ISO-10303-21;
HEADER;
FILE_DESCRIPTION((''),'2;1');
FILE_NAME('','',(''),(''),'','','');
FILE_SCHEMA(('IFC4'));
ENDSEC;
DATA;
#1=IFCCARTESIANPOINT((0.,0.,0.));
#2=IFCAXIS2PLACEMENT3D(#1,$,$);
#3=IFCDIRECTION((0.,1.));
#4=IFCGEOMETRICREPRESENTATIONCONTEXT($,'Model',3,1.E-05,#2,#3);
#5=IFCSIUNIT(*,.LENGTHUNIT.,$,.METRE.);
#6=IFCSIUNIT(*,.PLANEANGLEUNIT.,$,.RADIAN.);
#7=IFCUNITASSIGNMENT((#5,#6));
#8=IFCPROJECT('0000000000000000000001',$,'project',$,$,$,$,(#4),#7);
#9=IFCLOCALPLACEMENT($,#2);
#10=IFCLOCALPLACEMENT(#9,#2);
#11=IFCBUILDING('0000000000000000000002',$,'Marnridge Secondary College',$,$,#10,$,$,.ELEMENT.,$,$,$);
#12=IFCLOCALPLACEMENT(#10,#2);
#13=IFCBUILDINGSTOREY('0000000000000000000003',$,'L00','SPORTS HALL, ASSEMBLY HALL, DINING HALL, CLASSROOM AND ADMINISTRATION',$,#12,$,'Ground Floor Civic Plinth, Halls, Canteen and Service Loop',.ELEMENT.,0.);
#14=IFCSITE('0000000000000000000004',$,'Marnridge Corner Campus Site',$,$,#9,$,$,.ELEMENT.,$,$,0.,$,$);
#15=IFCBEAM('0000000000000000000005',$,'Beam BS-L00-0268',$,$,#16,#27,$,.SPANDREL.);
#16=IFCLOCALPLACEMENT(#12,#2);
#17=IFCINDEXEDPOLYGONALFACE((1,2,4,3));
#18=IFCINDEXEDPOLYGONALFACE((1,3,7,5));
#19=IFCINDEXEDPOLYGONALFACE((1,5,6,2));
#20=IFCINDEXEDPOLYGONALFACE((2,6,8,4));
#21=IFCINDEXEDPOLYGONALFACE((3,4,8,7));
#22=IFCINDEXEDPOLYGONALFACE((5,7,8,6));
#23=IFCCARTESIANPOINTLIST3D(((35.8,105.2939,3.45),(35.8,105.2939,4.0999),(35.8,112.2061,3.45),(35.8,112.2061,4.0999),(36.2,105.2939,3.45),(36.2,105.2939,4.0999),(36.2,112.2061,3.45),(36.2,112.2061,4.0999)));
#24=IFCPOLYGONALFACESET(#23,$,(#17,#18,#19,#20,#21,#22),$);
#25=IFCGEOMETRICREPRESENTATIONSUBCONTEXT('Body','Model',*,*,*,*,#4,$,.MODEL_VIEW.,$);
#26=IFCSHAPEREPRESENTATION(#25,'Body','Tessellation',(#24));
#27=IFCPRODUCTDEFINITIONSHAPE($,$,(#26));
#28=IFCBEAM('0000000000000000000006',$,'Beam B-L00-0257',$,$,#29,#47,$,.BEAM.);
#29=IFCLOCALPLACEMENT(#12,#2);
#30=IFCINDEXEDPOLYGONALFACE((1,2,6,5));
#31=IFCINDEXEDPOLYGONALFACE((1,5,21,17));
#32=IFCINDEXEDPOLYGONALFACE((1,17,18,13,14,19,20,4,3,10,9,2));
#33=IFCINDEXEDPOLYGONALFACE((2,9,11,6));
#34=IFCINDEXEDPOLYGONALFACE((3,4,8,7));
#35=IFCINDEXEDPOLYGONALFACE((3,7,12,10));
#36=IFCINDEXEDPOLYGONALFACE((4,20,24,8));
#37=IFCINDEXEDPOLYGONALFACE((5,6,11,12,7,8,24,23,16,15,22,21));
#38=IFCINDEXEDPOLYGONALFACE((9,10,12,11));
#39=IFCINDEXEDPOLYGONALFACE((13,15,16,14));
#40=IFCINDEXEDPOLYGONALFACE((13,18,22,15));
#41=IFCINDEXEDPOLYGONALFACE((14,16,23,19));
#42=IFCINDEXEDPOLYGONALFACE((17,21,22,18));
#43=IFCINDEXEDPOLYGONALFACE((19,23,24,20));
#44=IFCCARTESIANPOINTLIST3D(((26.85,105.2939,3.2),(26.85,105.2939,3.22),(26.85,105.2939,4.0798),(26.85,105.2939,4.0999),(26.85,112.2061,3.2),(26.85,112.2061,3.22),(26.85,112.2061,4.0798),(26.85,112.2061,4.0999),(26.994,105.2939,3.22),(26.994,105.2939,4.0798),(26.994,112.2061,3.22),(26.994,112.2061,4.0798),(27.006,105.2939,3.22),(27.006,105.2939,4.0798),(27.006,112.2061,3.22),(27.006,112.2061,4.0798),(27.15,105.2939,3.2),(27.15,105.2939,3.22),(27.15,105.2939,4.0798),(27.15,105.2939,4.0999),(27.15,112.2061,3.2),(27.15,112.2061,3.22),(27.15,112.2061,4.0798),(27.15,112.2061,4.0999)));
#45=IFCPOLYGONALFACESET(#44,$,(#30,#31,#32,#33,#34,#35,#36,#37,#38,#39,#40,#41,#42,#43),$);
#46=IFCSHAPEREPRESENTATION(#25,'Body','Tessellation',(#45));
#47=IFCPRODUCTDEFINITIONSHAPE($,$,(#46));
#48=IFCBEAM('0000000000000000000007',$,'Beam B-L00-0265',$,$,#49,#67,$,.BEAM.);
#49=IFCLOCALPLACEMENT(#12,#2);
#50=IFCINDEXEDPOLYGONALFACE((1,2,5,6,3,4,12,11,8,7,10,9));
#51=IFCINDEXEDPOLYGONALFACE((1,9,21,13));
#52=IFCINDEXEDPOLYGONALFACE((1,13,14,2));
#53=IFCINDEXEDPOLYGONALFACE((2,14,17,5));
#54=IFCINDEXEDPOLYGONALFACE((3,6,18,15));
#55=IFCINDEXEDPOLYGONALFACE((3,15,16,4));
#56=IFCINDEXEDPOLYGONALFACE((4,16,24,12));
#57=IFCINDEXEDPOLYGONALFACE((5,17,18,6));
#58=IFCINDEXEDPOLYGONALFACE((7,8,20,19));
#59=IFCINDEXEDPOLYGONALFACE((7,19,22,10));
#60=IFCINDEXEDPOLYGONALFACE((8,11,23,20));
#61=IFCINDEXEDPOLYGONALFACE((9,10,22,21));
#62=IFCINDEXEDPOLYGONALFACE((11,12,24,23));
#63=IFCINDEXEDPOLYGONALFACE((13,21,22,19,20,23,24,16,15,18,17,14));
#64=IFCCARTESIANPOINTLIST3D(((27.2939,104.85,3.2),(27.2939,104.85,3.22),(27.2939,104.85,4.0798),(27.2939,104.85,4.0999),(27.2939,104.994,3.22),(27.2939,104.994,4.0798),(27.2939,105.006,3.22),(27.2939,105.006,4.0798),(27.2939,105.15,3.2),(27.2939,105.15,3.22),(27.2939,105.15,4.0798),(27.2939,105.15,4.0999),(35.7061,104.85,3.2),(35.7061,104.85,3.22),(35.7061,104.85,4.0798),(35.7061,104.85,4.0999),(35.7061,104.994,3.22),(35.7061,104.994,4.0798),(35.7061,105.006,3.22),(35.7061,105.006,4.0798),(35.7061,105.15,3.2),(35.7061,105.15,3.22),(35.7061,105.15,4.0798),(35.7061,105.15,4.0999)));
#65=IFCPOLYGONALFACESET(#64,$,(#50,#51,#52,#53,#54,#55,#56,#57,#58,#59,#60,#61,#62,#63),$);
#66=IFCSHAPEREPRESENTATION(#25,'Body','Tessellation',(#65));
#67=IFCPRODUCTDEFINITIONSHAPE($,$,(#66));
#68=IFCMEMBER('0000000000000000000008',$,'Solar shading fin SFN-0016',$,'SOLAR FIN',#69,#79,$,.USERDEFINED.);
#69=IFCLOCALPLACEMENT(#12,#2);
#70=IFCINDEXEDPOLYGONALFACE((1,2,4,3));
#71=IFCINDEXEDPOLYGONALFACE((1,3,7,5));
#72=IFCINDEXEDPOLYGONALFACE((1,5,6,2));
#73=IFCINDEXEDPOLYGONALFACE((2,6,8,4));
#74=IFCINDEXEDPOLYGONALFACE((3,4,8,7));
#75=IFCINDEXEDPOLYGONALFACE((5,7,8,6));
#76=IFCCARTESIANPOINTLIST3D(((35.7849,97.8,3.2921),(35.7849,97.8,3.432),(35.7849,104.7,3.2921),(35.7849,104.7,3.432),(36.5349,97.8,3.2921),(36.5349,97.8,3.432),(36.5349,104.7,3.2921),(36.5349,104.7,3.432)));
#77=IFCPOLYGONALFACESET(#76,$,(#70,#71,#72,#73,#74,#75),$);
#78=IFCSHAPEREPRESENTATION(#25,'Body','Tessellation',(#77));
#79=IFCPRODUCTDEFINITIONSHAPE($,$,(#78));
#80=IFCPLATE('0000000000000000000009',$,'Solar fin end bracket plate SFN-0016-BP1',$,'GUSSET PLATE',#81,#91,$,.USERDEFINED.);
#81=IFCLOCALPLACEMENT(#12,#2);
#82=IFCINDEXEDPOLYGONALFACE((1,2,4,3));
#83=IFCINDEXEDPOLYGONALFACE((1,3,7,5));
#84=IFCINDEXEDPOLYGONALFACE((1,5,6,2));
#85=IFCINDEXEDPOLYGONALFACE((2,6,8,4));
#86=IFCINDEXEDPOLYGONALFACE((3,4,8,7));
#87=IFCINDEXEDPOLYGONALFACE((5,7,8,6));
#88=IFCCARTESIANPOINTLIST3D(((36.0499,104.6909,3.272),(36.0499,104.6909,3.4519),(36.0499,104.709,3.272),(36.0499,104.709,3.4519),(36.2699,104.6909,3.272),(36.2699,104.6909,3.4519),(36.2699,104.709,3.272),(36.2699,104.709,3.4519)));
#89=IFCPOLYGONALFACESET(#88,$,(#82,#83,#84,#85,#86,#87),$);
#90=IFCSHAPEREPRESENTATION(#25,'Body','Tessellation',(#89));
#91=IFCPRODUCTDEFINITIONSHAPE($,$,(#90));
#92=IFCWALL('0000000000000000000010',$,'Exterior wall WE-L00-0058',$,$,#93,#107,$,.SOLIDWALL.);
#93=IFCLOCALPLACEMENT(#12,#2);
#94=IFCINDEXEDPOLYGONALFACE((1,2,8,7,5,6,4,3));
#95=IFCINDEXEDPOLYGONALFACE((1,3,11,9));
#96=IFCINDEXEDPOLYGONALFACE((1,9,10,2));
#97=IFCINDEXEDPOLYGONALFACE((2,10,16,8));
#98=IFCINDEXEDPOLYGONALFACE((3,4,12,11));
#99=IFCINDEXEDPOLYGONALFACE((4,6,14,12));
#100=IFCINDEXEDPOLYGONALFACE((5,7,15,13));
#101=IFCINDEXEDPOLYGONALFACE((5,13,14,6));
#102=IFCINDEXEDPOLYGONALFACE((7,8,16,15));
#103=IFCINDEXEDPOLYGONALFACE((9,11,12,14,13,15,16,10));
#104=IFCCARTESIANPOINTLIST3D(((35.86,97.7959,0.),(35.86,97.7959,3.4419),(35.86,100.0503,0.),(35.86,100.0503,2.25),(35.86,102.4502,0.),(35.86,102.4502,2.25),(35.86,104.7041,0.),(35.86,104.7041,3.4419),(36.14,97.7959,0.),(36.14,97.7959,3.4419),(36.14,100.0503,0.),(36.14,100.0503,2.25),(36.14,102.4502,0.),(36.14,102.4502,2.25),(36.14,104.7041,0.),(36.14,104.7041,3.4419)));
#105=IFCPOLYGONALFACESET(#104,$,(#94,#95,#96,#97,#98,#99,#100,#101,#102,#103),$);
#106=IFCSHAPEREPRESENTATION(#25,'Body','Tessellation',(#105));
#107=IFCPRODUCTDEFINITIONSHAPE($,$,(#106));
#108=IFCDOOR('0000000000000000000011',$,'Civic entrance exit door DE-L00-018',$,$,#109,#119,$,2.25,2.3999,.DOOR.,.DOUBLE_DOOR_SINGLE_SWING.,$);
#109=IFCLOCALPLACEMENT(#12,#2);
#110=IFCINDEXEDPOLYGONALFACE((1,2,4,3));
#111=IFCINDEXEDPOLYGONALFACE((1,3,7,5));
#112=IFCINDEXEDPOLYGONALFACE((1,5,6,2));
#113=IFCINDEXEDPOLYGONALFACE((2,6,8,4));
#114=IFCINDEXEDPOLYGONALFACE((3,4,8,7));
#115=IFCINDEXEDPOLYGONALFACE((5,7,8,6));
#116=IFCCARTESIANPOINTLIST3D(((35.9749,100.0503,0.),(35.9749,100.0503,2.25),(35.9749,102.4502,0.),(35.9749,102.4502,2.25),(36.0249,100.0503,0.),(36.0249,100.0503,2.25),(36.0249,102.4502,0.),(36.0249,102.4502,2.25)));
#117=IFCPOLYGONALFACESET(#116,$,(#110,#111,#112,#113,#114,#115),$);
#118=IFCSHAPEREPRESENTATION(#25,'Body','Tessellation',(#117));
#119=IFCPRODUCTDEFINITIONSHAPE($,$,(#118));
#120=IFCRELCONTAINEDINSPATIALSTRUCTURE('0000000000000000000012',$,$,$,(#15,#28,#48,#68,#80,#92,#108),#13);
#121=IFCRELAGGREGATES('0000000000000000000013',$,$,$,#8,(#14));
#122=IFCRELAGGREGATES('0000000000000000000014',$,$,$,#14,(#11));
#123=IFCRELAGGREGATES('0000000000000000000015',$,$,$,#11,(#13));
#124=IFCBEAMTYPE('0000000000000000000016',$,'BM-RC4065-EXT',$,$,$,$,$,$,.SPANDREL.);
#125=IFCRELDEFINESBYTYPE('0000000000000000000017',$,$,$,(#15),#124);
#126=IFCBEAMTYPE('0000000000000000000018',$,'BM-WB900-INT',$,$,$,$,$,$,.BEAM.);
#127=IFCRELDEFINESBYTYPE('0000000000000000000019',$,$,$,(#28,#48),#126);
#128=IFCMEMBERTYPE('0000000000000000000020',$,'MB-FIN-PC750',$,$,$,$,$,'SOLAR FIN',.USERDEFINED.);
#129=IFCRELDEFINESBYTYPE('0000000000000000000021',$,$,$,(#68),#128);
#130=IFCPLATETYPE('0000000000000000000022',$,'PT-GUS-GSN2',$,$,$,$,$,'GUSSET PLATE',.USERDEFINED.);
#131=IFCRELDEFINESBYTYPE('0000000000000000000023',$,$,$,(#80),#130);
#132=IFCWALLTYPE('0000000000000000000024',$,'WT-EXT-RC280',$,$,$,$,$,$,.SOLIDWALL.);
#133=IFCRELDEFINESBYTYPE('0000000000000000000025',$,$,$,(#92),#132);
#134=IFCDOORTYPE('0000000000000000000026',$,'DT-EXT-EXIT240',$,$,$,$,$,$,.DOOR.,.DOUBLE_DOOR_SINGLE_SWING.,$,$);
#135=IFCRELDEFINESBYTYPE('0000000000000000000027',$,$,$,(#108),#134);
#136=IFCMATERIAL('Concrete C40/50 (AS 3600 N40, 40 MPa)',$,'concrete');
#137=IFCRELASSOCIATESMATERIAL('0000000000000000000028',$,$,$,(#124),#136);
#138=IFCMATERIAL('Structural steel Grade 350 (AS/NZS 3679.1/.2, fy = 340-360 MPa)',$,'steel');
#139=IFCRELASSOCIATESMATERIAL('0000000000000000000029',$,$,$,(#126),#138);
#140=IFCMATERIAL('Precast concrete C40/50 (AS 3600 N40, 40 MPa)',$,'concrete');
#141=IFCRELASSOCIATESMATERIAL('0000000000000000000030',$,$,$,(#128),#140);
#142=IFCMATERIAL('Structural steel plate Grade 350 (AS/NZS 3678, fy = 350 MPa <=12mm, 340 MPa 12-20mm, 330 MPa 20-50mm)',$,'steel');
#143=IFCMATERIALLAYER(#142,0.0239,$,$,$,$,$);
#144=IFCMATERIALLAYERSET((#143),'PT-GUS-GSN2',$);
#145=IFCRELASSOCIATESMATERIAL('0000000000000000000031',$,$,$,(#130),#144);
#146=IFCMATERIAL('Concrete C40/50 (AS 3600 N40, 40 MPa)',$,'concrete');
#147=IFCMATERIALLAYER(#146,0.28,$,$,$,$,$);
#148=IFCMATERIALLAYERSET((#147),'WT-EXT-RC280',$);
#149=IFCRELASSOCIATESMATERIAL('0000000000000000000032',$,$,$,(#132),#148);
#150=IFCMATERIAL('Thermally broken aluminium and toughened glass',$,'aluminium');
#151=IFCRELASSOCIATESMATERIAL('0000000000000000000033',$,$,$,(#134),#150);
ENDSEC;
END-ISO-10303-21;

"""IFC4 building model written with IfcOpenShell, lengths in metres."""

from ifc_helpers import new_model, si_unit, direction, frame, frame_2d, origin, origin_2d, place, context, subcontext, project, spatial, rectangle, i_section, extrude, material, layer, layer_set, material_profile, profile_set, type_object, element, fill, save


model = new_model("IFC4")

# Units and contexts
model_context = context("Model", 3, precision=1e-05, world=origin(), true_north=direction((0.0, 1.0)))
body_context = subcontext(model_context, "Body", "Model", "MODEL_VIEW")
ifc_project = project(units=[si_unit("LENGTHUNIT", "METRE"), si_unit("PLANEANGLEUNIT", "RADIAN")], contexts=[model_context])

# Site, building, storey
site_placement = place(None, origin())
site = spatial("IfcSite", under=ifc_project, at=site_placement, Name="Marnridge Corner Campus Site", CompositionType="ELEMENT", RefElevation=0.0)
building_placement = place(site_placement, origin())
building = spatial("IfcBuilding", under=site, at=building_placement, Name="Marnridge Secondary College", CompositionType="ELEMENT")
storey_placement = place(building_placement, origin())
storey = spatial("IfcBuildingStorey", under=building, at=storey_placement, Name="L00", Description="SPORTS HALL, ASSEMBLY HALL, DINING HALL, CLASSROOM AND ADMINISTRATION", LongName="Ground Floor Civic Plinth, Halls, Canteen and Service Loop", CompositionType="ELEMENT", Elevation=0.0)

# Beams
ifc_material_1 = material(Name="Concrete C40/50 (AS 3600 N40, 40 MPa)", Category="concrete")
ifc_material_profile_1 = material_profile(ifc_material_1, rectangle(XDim=0.3999, YDim=0.6499, at=origin_2d()), Name="RC 400x650")
ifc_profile_set_1 = profile_set([ifc_material_profile_1], Name="Concrete C40/50 (AS 3600 N40, 40 MPa)")
beam_type_1 = type_object("IfcBeamType", Name="BM-RC4065-EXT", PredefinedType="SPANDREL", material=ifc_profile_set_1)
beam_1_placement = place(storey_placement, frame((36.0, 105.2939, 3.7749), z_axis=(0.0, 1.0, 0.0), x_axis=(-1.0, 0.0, 0.0)))
element("IfcBeam", 1, at=beam_1_placement, inside=storey, type_object=beam_type_1, Name="Beam BS-L00-0268", PredefinedType="SPANDREL", context=body_context, shape_type="SweptSolid", body=[
    extrude(rectangle(XDim=0.3999, YDim=0.6499, at=origin_2d()), origin(), (0.0, 0.0, 1.0), 6.9121),
])
ifc_material_2 = material(Name="Structural steel Grade 350 (AS/NZS 3679.1/.2, fy = 340-360 MPa)", Category="steel")
ifc_material_profile_2 = material_profile(ifc_material_2, i_section(OverallWidth=0.3, OverallDepth=0.8999, WebThickness=0.012, FlangeThickness=0.02, at=origin_2d()), Name="900WB175")
ifc_profile_set_2 = profile_set([ifc_material_profile_2], Name="Structural steel Grade 350 (AS/NZS 3679.1/.2, fy = 340-360 MPa)")
beam_type_2 = type_object("IfcBeamType", Name="BM-WB900-INT", PredefinedType="BEAM", material=ifc_profile_set_2)
beam_2_placement = place(storey_placement, frame((27.0, 105.2939, 3.6499), z_axis=(0.0, 1.0, 0.0), x_axis=(-1.0, 0.0, 0.0)))
element("IfcBeam", 2, at=beam_2_placement, inside=storey, type_object=beam_type_2, Name="Beam B-L00-0257", PredefinedType="BEAM", context=body_context, shape_type="SweptSolid", body=[
    extrude(i_section(OverallWidth=0.3, OverallDepth=0.8999, WebThickness=0.012, FlangeThickness=0.02, at=origin_2d()), origin(), (0.0, 0.0, 1.0), 6.9121),
])
beam_3_placement = place(storey_placement, frame((27.2939, 105.0, 3.6499), z_axis=(1.0, 0.0, 0.0), x_axis=(0.0, 1.0, 0.0)))
element("IfcBeam", 3, at=beam_3_placement, inside=storey, type_object=beam_type_2, Name="Beam B-L00-0265", PredefinedType="BEAM", context=body_context, shape_type="SweptSolid", body=[
    extrude(i_section(OverallWidth=0.3, OverallDepth=0.8999, WebThickness=0.012, FlangeThickness=0.02, at=origin_2d()), origin(), (0.0, 0.0, 1.0), 8.4121),
])

# Member
ifc_material_3 = material(Name="Precast concrete C40/50 (AS 3600 N40, 40 MPa)", Category="concrete")
ifc_material_profile_3 = material_profile(ifc_material_3, rectangle(XDim=0.1399, YDim=0.75, at=origin_2d()), Name="FIN PC 140x750")
ifc_profile_set_3 = profile_set([ifc_material_profile_3], Name="Precast concrete C40/50 (AS 3600 N40, 40 MPa)")
member_type = type_object("IfcMemberType", Name="MB-FIN-PC750", ElementType="SOLAR FIN", PredefinedType="USERDEFINED", material=ifc_profile_set_3)
member_placement = place(storey_placement, frame((36.1599, 104.7, 3.3621), z_axis=(0.0, -1.0, 0.0), x_axis=(0.0, 0.0, 1.0)))
element("IfcMember", 4, at=member_placement, inside=storey, type_object=member_type, Name="Solar shading fin SFN-0016", ObjectType="SOLAR FIN", PredefinedType="USERDEFINED", context=body_context, shape_type="SweptSolid", body=[
    extrude(rectangle(XDim=0.1399, YDim=0.75, at=origin_2d()), origin(), (0.0, 0.0, 1.0), 6.8999),
])

# Plate
ifc_material_4 = material(Name="Structural steel plate Grade 350 (AS/NZS 3678, fy = 350 MPa <=12mm, 340 MPa 12-20mm, 330 MPa 20-50mm)", Category="steel")
ifc_layer_1 = layer(ifc_material_4, 0.0239)
ifc_layer_set_1 = layer_set([ifc_layer_1], Name="PT-GUS-GSN2")
plate_type = type_object("IfcPlateType", Name="PT-GUS-GSN2", ElementType="GUSSET PLATE", PredefinedType="USERDEFINED", material=ifc_layer_set_1)
plate_placement = place(storey_placement, frame((36.1599, 104.7, 3.272), z_axis=(0.0, 0.0, 1.0), x_axis=(1.0, 0.0, 0.0)))
element("IfcPlate", 5, at=plate_placement, inside=storey, type_object=plate_type, Name="Solar fin end bracket plate SFN-0016-BP1", ObjectType="GUSSET PLATE", PredefinedType="USERDEFINED", context=body_context, shape_type="SweptSolid", body=[
    extrude(rectangle(XDim=0.22, YDim=0.0181, at=origin_2d()), origin(), (0.0, 0.0, 1.0), 0.1799),
])

# Wall, opening, door
ifc_material_5 = material(Name="Concrete C40/50 (AS 3600 N40, 40 MPa)", Category="concrete")
ifc_layer_2 = layer(ifc_material_5, 0.28)
ifc_layer_set_2 = layer_set([ifc_layer_2], Name="WT-EXT-RC280")
wall_type = type_object("IfcWallType", Name="WT-EXT-RC280", PredefinedType="SOLIDWALL", material=ifc_layer_set_2)
wall_placement = place(storey_placement, frame((36.0, 104.7041, 0.0), z_axis=(0.0, 0.0, 1.0), x_axis=(0.0, -1.0, 0.0)))
wall = element("IfcWall", 6, at=wall_placement, inside=storey, type_object=wall_type, Name="Exterior wall WE-L00-0058", PredefinedType="SOLIDWALL", context=body_context, shape_type="SweptSolid", body=[
    extrude(rectangle(XDim=6.9082, YDim=0.28, at=frame_2d((3.4541, 0.0))), origin(), (0.0, 0.0, 1.0), 3.4419),
])
opening_placement = place(wall_placement, frame((2.2539, 0.0, 0.0)))
opening = element("IfcOpeningElement", 7, at=opening_placement, cuts=wall, PredefinedType="OPENING", context=body_context, shape_type="SweptSolid", body=[
    extrude(rectangle(XDim=2.3999, YDim=2.25, at=frame_2d((1.2, 1.125))), frame((0.0, 0.1499, 0.0), z_axis=(0.0, -1.0, 0.0), x_axis=(1.0, 0.0, 0.0)), (0.0, 0.0, 1.0), 0.3),
])
ifc_material_6 = material(Name="Thermally broken aluminium and toughened glass", Category="aluminium")
door_type = type_object("IfcDoorType", Name="DT-EXT-EXIT240", OperationType="DOUBLE_DOOR_SINGLE_SWING", PredefinedType="DOOR", material=ifc_material_6)
door_placement = place(opening_placement, origin())
door = element("IfcDoor", 8, at=door_placement, inside=storey, type_object=door_type, Name="Civic entrance exit door DE-L00-018", OperationType="DOUBLE_DOOR_SINGLE_SWING", OverallHeight=2.25, OverallWidth=2.3999, PredefinedType="DOOR", context=body_context, shape_type="SweptSolid", body=[
    extrude(rectangle(XDim=2.3999, YDim=2.25, at=frame_2d((1.2, 1.125))), frame((0.0, 0.0249, 0.0), z_axis=(0.0, -1.0, 0.0), x_axis=(1.0, 0.0, 0.0)), (0.0, 0.0, 1.0), 0.05),
])
fill(opening, door)

save(model, "model.ifc")
